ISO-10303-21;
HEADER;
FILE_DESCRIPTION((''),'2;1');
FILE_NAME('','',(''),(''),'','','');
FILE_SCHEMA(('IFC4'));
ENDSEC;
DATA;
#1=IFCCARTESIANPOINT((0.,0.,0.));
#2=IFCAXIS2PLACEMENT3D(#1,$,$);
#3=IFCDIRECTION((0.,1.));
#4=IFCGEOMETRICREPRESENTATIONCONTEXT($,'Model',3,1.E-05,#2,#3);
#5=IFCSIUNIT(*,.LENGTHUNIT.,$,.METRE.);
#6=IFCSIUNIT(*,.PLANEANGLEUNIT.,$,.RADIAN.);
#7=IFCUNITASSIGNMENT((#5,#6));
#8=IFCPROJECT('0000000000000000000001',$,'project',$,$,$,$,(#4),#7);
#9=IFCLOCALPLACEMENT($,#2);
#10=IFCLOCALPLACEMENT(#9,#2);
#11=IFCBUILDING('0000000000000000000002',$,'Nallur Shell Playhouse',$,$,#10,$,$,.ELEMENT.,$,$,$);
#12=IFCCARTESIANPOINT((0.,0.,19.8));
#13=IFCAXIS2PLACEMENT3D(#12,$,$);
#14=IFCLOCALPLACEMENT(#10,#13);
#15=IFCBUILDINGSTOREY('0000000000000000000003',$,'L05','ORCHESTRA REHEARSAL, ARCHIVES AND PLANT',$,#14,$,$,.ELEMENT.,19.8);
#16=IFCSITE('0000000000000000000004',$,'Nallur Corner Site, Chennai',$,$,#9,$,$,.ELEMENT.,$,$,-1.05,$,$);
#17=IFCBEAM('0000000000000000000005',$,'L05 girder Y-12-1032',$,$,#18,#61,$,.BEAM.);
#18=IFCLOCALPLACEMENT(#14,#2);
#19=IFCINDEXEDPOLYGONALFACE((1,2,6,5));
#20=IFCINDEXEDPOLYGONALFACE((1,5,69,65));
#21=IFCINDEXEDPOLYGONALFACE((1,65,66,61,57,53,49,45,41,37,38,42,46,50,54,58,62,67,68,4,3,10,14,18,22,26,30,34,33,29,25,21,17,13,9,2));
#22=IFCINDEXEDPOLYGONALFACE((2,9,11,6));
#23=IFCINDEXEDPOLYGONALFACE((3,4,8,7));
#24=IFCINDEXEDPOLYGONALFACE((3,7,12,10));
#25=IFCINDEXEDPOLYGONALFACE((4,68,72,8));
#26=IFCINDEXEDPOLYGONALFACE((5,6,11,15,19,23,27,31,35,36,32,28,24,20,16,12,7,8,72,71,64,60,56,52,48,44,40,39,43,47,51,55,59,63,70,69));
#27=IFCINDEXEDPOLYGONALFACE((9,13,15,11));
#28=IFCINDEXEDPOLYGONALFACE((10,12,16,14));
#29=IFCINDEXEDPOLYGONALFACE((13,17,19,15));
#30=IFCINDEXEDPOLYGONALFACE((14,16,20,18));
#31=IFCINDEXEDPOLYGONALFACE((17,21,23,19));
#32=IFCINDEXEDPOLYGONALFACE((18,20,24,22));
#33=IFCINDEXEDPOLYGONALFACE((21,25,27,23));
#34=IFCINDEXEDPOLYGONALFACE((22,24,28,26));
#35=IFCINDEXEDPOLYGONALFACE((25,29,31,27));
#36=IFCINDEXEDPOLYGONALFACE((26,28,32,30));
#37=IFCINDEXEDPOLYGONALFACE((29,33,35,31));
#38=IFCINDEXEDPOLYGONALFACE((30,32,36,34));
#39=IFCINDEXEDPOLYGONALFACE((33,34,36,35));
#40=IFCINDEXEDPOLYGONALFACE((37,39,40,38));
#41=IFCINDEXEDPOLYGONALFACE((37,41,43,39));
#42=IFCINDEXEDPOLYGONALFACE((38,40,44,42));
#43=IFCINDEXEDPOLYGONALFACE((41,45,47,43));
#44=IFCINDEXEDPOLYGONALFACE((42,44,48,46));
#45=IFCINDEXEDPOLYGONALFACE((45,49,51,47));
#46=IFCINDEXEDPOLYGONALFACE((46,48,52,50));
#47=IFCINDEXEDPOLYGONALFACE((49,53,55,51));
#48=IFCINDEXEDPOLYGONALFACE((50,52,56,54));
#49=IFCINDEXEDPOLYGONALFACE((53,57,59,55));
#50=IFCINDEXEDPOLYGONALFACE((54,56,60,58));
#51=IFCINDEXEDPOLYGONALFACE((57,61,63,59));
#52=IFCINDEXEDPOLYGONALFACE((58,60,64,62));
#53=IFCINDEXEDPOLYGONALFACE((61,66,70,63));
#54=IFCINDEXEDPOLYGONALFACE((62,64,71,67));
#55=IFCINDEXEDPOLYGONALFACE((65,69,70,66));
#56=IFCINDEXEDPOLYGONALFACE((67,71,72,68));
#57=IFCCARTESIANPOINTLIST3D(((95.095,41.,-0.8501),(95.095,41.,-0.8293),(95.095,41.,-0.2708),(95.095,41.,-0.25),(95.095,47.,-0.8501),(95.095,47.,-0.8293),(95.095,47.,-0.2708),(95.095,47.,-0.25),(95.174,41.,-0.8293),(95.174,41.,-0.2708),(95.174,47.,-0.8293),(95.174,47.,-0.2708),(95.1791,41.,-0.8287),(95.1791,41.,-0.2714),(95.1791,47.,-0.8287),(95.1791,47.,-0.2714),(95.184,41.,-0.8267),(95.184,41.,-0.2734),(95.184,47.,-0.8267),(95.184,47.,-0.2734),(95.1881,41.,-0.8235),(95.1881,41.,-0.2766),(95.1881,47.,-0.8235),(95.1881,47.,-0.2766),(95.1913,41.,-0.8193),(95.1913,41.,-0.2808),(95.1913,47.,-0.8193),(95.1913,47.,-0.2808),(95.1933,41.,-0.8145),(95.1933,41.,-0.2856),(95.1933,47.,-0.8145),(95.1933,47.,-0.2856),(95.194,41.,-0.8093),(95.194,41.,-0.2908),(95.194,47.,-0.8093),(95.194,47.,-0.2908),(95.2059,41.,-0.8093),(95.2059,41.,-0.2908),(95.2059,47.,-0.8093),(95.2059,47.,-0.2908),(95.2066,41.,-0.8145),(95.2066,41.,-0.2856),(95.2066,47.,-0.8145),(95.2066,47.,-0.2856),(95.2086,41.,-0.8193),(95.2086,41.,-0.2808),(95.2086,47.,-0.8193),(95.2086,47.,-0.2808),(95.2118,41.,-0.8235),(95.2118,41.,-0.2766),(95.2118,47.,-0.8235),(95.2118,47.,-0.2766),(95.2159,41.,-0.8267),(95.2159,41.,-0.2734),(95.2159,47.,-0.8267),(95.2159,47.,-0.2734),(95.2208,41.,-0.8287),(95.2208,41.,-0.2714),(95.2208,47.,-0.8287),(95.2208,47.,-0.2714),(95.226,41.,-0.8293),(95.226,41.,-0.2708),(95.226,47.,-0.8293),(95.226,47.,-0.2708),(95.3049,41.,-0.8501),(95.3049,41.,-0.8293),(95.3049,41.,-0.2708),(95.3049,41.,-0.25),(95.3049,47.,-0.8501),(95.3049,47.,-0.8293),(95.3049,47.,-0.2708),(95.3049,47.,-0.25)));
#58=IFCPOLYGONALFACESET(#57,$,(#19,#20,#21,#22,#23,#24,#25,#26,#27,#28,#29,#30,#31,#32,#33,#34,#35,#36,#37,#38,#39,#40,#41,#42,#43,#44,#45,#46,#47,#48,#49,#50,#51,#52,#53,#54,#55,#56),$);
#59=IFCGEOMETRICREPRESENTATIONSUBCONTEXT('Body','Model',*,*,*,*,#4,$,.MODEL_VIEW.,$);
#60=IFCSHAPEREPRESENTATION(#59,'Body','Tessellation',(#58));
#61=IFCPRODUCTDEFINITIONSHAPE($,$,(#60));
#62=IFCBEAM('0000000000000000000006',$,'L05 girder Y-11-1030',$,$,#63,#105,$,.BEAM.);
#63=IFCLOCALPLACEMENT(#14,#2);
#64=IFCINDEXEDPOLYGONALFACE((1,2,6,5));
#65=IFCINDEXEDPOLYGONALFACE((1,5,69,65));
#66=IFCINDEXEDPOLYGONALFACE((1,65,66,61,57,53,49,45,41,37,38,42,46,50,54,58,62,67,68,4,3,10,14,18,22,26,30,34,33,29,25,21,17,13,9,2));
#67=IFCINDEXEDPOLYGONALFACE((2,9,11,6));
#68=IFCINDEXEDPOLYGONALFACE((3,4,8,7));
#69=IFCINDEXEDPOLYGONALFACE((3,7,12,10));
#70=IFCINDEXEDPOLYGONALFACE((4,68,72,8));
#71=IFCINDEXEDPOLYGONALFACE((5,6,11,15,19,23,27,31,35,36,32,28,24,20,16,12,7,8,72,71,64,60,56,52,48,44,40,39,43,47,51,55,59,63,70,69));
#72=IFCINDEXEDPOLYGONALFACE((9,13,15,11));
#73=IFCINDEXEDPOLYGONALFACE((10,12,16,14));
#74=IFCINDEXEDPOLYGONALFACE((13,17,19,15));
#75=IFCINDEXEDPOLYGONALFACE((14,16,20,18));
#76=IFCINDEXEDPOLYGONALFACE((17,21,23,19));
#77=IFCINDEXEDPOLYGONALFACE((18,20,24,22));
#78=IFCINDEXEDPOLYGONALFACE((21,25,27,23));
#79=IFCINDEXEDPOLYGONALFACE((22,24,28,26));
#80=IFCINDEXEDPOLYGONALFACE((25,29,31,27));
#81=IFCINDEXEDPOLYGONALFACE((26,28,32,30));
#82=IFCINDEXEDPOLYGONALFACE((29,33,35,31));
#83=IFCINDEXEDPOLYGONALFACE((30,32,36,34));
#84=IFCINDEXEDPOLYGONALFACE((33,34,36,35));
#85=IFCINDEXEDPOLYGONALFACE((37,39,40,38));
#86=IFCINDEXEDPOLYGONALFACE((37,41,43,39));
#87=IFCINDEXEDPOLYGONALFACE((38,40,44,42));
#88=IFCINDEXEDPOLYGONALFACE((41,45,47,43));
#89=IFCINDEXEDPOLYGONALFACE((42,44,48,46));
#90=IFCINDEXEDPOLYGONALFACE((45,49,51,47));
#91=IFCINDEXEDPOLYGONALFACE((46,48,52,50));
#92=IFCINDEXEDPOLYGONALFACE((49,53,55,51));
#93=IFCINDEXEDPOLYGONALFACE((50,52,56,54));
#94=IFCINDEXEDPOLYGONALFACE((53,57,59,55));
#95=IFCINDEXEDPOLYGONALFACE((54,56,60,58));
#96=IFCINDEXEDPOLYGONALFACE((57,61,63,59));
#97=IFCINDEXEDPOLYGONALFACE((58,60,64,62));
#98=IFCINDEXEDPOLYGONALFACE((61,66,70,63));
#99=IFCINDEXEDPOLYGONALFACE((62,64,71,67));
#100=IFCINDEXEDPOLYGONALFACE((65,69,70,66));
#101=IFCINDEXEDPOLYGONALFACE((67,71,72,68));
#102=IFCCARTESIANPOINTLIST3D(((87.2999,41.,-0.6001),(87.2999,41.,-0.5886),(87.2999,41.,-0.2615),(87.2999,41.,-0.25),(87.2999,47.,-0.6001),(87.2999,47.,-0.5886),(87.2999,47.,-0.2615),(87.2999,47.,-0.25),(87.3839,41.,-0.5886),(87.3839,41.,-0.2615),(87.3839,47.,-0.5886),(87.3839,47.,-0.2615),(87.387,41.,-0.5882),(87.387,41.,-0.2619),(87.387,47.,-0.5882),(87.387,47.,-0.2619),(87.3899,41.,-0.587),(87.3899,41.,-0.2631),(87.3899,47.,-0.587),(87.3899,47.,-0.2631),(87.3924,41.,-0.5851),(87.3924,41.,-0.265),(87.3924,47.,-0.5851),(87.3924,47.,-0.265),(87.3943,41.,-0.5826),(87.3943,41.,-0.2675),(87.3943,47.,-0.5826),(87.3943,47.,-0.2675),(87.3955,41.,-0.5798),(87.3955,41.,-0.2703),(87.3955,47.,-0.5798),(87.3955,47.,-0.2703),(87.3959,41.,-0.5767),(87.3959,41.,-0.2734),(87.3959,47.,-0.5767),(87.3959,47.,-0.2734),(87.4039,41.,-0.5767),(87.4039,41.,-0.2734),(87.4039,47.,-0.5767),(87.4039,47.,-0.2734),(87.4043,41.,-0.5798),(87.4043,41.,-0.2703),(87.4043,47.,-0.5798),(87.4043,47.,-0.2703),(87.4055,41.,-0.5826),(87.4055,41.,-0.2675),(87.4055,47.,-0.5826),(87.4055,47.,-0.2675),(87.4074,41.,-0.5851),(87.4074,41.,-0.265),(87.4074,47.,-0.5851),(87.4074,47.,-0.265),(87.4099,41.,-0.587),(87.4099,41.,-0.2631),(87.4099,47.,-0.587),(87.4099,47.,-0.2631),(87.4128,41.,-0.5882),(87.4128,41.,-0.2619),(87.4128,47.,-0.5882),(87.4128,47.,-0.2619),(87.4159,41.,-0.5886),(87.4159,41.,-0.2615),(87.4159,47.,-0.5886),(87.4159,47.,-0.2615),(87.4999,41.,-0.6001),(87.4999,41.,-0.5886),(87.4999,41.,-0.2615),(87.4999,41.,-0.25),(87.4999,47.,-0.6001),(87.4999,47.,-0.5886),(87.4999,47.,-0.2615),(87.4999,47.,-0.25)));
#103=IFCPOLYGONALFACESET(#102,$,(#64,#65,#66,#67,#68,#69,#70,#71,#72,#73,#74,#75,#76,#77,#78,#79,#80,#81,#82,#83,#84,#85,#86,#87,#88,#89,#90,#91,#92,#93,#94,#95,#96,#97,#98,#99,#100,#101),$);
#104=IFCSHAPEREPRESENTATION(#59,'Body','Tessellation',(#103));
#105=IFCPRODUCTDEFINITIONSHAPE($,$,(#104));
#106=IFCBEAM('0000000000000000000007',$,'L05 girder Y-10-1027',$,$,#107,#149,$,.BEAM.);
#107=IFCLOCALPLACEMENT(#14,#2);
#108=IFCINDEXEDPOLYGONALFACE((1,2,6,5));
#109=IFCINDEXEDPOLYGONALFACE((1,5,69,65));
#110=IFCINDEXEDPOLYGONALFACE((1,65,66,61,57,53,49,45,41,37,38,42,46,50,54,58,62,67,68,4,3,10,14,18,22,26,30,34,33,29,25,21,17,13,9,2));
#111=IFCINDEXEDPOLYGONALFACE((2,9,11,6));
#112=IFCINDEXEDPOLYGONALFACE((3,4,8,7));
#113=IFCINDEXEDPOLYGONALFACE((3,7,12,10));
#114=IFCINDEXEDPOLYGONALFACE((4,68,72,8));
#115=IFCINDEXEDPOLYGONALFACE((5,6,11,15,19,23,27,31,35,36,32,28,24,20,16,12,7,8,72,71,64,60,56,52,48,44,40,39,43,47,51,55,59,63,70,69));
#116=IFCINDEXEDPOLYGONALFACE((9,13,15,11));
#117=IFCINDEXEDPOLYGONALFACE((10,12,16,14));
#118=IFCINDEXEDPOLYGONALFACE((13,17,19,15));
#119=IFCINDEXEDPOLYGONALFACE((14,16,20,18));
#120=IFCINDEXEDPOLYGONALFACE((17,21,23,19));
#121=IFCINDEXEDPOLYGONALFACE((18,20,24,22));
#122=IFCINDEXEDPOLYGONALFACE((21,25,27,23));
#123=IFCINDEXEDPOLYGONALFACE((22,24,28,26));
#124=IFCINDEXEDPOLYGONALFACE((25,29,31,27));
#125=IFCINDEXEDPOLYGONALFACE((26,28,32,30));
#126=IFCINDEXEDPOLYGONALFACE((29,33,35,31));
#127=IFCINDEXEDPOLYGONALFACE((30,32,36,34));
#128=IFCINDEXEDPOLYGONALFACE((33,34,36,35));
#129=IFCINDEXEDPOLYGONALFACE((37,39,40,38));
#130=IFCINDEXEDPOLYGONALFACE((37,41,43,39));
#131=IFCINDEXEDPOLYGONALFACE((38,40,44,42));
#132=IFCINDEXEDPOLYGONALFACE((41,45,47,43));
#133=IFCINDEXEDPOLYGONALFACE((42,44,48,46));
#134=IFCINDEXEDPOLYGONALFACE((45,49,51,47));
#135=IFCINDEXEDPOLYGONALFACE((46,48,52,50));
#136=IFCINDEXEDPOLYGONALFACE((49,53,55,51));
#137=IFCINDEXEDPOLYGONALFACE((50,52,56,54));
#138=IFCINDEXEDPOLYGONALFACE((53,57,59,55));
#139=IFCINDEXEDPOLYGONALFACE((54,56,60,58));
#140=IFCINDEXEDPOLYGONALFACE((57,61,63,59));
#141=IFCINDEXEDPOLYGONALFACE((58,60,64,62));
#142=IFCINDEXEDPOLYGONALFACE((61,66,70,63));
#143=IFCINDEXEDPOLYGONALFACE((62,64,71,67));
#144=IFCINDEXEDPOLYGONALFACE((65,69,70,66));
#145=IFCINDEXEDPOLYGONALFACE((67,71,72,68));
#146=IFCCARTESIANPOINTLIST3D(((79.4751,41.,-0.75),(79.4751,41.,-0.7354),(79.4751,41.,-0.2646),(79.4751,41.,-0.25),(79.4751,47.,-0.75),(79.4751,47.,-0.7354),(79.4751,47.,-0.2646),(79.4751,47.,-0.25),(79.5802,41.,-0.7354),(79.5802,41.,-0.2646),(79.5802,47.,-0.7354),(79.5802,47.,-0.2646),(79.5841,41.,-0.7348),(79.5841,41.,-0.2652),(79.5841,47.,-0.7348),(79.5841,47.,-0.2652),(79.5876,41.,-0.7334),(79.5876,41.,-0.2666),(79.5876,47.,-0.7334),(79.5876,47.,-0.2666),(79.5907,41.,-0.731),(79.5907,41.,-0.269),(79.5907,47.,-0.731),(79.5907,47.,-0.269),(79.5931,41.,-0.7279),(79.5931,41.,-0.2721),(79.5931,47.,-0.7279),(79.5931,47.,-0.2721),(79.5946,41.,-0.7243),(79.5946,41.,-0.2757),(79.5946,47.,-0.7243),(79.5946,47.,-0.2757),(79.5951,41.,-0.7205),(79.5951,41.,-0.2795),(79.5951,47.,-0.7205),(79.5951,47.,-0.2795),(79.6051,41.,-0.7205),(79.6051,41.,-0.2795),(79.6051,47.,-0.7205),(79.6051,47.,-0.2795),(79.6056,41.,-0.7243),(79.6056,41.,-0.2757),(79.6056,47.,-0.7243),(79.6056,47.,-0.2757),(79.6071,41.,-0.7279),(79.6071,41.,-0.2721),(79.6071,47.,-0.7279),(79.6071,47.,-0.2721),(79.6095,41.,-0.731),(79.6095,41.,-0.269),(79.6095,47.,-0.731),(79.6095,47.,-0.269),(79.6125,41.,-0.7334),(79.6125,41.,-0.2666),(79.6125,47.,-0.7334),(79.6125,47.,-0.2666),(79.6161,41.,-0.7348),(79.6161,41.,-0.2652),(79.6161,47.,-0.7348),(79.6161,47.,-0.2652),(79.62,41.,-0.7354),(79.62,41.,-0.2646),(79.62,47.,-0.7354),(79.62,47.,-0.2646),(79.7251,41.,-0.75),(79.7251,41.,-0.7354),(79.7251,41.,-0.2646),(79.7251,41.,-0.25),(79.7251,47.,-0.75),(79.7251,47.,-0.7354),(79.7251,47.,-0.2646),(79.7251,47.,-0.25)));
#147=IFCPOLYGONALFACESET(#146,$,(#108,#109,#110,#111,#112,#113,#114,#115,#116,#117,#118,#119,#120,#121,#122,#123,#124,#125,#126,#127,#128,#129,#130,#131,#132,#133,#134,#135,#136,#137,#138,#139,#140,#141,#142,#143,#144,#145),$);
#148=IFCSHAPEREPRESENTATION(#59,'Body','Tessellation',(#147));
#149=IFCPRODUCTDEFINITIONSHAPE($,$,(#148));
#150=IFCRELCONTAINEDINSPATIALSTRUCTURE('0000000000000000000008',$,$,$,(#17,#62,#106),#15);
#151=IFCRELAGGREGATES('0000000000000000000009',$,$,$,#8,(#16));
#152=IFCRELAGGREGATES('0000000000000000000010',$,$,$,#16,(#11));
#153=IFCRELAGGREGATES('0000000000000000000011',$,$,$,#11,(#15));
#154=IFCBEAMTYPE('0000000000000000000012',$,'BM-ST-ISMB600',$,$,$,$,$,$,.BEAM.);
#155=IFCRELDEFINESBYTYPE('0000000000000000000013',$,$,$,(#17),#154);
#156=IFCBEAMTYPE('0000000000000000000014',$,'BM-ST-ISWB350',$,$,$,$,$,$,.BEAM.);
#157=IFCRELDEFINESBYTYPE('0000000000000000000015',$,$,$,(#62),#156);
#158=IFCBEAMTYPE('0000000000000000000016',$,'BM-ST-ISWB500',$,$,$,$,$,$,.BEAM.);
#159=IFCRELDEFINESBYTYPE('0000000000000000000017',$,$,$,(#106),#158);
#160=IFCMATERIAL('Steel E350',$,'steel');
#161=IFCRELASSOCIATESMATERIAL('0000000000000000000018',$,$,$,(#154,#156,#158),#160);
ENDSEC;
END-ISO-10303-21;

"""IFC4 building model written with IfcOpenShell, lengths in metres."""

from ifc_helpers import new_model, si_unit, direction, frame, origin, origin_2d, place, context, subcontext, project, spatial, i_section, extrude, material, material_profile, profile_set, type_object, element, save


model = new_model("IFC4")

# Units and contexts
model_context = context("Model", 3, precision=1e-05, world=origin(), true_north=direction((0.0, 1.0)))
body_context = subcontext(model_context, "Body", "Model", "MODEL_VIEW")
ifc_project = project(units=[si_unit("LENGTHUNIT", "METRE"), si_unit("PLANEANGLEUNIT", "RADIAN")], contexts=[model_context])

# Site, building, storey
site_placement = place(None, origin())
site = spatial("IfcSite", under=ifc_project, at=site_placement, Name="Nallur Corner Site, Chennai", CompositionType="ELEMENT", RefElevation=-1.05)
building_placement = place(site_placement, origin())
building = spatial("IfcBuilding", under=site, at=building_placement, Name="Nallur Shell Playhouse", CompositionType="ELEMENT")
storey_placement = place(building_placement, frame((0.0, 0.0, 19.8)))
storey = spatial("IfcBuildingStorey", under=building, at=storey_placement, Name="L05", Description="ORCHESTRA REHEARSAL, ARCHIVES AND PLANT", CompositionType="ELEMENT", Elevation=19.8)

# Shared definitions
ifc_material_1 = material(Name="Steel E350", Category="steel")

# Beams
ifc_material_profile_1 = material_profile(ifc_material_1, i_section(OverallWidth=0.21, OverallDepth=0.6001, WebThickness=0.012, FlangeThickness=0.0208, FilletRadius=0.02, at=origin_2d()), Name="ISMB 600")
ifc_profile_set_1 = profile_set([ifc_material_profile_1], Name="Steel E350")
beam_type_1 = type_object("IfcBeamType", Name="BM-ST-ISMB600", PredefinedType="BEAM", material=ifc_profile_set_1)
beam_1_placement = place(storey_placement, frame((95.2, 41.0, -0.55), z_axis=(0.0, 1.0, 0.0), x_axis=(-1.0, 0.0, 0.0)))
element("IfcBeam", 1, at=beam_1_placement, inside=storey, type_object=beam_type_1, Name="L05 girder Y-12-1032", PredefinedType="BEAM", context=body_context, shape_type="SweptSolid", body=[
    extrude(i_section(OverallWidth=0.21, OverallDepth=0.6001, WebThickness=0.012, FlangeThickness=0.0208, FilletRadius=0.02, at=origin_2d()), origin(), (0.0, 0.0, 1.0), 6.0),
])
ifc_material_profile_2 = material_profile(ifc_material_1, i_section(OverallWidth=0.2, OverallDepth=0.3501, WebThickness=0.0081, FlangeThickness=0.0115, FilletRadius=0.012, at=origin_2d()), Name="ISWB 350")
ifc_profile_set_2 = profile_set([ifc_material_profile_2], Name="Steel E350")
beam_type_2 = type_object("IfcBeamType", Name="BM-ST-ISWB350", PredefinedType="BEAM", material=ifc_profile_set_2)
beam_2_placement = place(storey_placement, frame((87.3999, 41.0, -0.425), z_axis=(0.0, 1.0, 0.0), x_axis=(-1.0, 0.0, 0.0)))
element("IfcBeam", 2, at=beam_2_placement, inside=storey, type_object=beam_type_2, Name="L05 girder Y-11-1030", PredefinedType="BEAM", context=body_context, shape_type="SweptSolid", body=[
    extrude(i_section(OverallWidth=0.2, OverallDepth=0.3501, WebThickness=0.0081, FlangeThickness=0.0115, FilletRadius=0.012, at=origin_2d()), origin(), (0.0, 0.0, 1.0), 6.0),
])
ifc_material_profile_3 = material_profile(ifc_material_1, i_section(OverallWidth=0.25, OverallDepth=0.5, WebThickness=0.01, FlangeThickness=0.0146, FilletRadius=0.0149, at=origin_2d()), Name="ISWB 500")
ifc_profile_set_3 = profile_set([ifc_material_profile_3], Name="Steel E350")
beam_type_3 = type_object("IfcBeamType", Name="BM-ST-ISWB500", PredefinedType="BEAM", material=ifc_profile_set_3)
beam_3_placement = place(storey_placement, frame((79.6001, 41.0, -0.5), z_axis=(0.0, 1.0, 0.0), x_axis=(-1.0, 0.0, 0.0)))
element("IfcBeam", 3, at=beam_3_placement, inside=storey, type_object=beam_type_3, Name="L05 girder Y-10-1027", PredefinedType="BEAM", context=body_context, shape_type="SweptSolid", body=[
    extrude(i_section(OverallWidth=0.25, OverallDepth=0.5, WebThickness=0.01, FlangeThickness=0.0146, FilletRadius=0.0149, at=origin_2d()), origin(), (0.0, 0.0, 1.0), 6.0),
])

save(model, "model.ifc")
